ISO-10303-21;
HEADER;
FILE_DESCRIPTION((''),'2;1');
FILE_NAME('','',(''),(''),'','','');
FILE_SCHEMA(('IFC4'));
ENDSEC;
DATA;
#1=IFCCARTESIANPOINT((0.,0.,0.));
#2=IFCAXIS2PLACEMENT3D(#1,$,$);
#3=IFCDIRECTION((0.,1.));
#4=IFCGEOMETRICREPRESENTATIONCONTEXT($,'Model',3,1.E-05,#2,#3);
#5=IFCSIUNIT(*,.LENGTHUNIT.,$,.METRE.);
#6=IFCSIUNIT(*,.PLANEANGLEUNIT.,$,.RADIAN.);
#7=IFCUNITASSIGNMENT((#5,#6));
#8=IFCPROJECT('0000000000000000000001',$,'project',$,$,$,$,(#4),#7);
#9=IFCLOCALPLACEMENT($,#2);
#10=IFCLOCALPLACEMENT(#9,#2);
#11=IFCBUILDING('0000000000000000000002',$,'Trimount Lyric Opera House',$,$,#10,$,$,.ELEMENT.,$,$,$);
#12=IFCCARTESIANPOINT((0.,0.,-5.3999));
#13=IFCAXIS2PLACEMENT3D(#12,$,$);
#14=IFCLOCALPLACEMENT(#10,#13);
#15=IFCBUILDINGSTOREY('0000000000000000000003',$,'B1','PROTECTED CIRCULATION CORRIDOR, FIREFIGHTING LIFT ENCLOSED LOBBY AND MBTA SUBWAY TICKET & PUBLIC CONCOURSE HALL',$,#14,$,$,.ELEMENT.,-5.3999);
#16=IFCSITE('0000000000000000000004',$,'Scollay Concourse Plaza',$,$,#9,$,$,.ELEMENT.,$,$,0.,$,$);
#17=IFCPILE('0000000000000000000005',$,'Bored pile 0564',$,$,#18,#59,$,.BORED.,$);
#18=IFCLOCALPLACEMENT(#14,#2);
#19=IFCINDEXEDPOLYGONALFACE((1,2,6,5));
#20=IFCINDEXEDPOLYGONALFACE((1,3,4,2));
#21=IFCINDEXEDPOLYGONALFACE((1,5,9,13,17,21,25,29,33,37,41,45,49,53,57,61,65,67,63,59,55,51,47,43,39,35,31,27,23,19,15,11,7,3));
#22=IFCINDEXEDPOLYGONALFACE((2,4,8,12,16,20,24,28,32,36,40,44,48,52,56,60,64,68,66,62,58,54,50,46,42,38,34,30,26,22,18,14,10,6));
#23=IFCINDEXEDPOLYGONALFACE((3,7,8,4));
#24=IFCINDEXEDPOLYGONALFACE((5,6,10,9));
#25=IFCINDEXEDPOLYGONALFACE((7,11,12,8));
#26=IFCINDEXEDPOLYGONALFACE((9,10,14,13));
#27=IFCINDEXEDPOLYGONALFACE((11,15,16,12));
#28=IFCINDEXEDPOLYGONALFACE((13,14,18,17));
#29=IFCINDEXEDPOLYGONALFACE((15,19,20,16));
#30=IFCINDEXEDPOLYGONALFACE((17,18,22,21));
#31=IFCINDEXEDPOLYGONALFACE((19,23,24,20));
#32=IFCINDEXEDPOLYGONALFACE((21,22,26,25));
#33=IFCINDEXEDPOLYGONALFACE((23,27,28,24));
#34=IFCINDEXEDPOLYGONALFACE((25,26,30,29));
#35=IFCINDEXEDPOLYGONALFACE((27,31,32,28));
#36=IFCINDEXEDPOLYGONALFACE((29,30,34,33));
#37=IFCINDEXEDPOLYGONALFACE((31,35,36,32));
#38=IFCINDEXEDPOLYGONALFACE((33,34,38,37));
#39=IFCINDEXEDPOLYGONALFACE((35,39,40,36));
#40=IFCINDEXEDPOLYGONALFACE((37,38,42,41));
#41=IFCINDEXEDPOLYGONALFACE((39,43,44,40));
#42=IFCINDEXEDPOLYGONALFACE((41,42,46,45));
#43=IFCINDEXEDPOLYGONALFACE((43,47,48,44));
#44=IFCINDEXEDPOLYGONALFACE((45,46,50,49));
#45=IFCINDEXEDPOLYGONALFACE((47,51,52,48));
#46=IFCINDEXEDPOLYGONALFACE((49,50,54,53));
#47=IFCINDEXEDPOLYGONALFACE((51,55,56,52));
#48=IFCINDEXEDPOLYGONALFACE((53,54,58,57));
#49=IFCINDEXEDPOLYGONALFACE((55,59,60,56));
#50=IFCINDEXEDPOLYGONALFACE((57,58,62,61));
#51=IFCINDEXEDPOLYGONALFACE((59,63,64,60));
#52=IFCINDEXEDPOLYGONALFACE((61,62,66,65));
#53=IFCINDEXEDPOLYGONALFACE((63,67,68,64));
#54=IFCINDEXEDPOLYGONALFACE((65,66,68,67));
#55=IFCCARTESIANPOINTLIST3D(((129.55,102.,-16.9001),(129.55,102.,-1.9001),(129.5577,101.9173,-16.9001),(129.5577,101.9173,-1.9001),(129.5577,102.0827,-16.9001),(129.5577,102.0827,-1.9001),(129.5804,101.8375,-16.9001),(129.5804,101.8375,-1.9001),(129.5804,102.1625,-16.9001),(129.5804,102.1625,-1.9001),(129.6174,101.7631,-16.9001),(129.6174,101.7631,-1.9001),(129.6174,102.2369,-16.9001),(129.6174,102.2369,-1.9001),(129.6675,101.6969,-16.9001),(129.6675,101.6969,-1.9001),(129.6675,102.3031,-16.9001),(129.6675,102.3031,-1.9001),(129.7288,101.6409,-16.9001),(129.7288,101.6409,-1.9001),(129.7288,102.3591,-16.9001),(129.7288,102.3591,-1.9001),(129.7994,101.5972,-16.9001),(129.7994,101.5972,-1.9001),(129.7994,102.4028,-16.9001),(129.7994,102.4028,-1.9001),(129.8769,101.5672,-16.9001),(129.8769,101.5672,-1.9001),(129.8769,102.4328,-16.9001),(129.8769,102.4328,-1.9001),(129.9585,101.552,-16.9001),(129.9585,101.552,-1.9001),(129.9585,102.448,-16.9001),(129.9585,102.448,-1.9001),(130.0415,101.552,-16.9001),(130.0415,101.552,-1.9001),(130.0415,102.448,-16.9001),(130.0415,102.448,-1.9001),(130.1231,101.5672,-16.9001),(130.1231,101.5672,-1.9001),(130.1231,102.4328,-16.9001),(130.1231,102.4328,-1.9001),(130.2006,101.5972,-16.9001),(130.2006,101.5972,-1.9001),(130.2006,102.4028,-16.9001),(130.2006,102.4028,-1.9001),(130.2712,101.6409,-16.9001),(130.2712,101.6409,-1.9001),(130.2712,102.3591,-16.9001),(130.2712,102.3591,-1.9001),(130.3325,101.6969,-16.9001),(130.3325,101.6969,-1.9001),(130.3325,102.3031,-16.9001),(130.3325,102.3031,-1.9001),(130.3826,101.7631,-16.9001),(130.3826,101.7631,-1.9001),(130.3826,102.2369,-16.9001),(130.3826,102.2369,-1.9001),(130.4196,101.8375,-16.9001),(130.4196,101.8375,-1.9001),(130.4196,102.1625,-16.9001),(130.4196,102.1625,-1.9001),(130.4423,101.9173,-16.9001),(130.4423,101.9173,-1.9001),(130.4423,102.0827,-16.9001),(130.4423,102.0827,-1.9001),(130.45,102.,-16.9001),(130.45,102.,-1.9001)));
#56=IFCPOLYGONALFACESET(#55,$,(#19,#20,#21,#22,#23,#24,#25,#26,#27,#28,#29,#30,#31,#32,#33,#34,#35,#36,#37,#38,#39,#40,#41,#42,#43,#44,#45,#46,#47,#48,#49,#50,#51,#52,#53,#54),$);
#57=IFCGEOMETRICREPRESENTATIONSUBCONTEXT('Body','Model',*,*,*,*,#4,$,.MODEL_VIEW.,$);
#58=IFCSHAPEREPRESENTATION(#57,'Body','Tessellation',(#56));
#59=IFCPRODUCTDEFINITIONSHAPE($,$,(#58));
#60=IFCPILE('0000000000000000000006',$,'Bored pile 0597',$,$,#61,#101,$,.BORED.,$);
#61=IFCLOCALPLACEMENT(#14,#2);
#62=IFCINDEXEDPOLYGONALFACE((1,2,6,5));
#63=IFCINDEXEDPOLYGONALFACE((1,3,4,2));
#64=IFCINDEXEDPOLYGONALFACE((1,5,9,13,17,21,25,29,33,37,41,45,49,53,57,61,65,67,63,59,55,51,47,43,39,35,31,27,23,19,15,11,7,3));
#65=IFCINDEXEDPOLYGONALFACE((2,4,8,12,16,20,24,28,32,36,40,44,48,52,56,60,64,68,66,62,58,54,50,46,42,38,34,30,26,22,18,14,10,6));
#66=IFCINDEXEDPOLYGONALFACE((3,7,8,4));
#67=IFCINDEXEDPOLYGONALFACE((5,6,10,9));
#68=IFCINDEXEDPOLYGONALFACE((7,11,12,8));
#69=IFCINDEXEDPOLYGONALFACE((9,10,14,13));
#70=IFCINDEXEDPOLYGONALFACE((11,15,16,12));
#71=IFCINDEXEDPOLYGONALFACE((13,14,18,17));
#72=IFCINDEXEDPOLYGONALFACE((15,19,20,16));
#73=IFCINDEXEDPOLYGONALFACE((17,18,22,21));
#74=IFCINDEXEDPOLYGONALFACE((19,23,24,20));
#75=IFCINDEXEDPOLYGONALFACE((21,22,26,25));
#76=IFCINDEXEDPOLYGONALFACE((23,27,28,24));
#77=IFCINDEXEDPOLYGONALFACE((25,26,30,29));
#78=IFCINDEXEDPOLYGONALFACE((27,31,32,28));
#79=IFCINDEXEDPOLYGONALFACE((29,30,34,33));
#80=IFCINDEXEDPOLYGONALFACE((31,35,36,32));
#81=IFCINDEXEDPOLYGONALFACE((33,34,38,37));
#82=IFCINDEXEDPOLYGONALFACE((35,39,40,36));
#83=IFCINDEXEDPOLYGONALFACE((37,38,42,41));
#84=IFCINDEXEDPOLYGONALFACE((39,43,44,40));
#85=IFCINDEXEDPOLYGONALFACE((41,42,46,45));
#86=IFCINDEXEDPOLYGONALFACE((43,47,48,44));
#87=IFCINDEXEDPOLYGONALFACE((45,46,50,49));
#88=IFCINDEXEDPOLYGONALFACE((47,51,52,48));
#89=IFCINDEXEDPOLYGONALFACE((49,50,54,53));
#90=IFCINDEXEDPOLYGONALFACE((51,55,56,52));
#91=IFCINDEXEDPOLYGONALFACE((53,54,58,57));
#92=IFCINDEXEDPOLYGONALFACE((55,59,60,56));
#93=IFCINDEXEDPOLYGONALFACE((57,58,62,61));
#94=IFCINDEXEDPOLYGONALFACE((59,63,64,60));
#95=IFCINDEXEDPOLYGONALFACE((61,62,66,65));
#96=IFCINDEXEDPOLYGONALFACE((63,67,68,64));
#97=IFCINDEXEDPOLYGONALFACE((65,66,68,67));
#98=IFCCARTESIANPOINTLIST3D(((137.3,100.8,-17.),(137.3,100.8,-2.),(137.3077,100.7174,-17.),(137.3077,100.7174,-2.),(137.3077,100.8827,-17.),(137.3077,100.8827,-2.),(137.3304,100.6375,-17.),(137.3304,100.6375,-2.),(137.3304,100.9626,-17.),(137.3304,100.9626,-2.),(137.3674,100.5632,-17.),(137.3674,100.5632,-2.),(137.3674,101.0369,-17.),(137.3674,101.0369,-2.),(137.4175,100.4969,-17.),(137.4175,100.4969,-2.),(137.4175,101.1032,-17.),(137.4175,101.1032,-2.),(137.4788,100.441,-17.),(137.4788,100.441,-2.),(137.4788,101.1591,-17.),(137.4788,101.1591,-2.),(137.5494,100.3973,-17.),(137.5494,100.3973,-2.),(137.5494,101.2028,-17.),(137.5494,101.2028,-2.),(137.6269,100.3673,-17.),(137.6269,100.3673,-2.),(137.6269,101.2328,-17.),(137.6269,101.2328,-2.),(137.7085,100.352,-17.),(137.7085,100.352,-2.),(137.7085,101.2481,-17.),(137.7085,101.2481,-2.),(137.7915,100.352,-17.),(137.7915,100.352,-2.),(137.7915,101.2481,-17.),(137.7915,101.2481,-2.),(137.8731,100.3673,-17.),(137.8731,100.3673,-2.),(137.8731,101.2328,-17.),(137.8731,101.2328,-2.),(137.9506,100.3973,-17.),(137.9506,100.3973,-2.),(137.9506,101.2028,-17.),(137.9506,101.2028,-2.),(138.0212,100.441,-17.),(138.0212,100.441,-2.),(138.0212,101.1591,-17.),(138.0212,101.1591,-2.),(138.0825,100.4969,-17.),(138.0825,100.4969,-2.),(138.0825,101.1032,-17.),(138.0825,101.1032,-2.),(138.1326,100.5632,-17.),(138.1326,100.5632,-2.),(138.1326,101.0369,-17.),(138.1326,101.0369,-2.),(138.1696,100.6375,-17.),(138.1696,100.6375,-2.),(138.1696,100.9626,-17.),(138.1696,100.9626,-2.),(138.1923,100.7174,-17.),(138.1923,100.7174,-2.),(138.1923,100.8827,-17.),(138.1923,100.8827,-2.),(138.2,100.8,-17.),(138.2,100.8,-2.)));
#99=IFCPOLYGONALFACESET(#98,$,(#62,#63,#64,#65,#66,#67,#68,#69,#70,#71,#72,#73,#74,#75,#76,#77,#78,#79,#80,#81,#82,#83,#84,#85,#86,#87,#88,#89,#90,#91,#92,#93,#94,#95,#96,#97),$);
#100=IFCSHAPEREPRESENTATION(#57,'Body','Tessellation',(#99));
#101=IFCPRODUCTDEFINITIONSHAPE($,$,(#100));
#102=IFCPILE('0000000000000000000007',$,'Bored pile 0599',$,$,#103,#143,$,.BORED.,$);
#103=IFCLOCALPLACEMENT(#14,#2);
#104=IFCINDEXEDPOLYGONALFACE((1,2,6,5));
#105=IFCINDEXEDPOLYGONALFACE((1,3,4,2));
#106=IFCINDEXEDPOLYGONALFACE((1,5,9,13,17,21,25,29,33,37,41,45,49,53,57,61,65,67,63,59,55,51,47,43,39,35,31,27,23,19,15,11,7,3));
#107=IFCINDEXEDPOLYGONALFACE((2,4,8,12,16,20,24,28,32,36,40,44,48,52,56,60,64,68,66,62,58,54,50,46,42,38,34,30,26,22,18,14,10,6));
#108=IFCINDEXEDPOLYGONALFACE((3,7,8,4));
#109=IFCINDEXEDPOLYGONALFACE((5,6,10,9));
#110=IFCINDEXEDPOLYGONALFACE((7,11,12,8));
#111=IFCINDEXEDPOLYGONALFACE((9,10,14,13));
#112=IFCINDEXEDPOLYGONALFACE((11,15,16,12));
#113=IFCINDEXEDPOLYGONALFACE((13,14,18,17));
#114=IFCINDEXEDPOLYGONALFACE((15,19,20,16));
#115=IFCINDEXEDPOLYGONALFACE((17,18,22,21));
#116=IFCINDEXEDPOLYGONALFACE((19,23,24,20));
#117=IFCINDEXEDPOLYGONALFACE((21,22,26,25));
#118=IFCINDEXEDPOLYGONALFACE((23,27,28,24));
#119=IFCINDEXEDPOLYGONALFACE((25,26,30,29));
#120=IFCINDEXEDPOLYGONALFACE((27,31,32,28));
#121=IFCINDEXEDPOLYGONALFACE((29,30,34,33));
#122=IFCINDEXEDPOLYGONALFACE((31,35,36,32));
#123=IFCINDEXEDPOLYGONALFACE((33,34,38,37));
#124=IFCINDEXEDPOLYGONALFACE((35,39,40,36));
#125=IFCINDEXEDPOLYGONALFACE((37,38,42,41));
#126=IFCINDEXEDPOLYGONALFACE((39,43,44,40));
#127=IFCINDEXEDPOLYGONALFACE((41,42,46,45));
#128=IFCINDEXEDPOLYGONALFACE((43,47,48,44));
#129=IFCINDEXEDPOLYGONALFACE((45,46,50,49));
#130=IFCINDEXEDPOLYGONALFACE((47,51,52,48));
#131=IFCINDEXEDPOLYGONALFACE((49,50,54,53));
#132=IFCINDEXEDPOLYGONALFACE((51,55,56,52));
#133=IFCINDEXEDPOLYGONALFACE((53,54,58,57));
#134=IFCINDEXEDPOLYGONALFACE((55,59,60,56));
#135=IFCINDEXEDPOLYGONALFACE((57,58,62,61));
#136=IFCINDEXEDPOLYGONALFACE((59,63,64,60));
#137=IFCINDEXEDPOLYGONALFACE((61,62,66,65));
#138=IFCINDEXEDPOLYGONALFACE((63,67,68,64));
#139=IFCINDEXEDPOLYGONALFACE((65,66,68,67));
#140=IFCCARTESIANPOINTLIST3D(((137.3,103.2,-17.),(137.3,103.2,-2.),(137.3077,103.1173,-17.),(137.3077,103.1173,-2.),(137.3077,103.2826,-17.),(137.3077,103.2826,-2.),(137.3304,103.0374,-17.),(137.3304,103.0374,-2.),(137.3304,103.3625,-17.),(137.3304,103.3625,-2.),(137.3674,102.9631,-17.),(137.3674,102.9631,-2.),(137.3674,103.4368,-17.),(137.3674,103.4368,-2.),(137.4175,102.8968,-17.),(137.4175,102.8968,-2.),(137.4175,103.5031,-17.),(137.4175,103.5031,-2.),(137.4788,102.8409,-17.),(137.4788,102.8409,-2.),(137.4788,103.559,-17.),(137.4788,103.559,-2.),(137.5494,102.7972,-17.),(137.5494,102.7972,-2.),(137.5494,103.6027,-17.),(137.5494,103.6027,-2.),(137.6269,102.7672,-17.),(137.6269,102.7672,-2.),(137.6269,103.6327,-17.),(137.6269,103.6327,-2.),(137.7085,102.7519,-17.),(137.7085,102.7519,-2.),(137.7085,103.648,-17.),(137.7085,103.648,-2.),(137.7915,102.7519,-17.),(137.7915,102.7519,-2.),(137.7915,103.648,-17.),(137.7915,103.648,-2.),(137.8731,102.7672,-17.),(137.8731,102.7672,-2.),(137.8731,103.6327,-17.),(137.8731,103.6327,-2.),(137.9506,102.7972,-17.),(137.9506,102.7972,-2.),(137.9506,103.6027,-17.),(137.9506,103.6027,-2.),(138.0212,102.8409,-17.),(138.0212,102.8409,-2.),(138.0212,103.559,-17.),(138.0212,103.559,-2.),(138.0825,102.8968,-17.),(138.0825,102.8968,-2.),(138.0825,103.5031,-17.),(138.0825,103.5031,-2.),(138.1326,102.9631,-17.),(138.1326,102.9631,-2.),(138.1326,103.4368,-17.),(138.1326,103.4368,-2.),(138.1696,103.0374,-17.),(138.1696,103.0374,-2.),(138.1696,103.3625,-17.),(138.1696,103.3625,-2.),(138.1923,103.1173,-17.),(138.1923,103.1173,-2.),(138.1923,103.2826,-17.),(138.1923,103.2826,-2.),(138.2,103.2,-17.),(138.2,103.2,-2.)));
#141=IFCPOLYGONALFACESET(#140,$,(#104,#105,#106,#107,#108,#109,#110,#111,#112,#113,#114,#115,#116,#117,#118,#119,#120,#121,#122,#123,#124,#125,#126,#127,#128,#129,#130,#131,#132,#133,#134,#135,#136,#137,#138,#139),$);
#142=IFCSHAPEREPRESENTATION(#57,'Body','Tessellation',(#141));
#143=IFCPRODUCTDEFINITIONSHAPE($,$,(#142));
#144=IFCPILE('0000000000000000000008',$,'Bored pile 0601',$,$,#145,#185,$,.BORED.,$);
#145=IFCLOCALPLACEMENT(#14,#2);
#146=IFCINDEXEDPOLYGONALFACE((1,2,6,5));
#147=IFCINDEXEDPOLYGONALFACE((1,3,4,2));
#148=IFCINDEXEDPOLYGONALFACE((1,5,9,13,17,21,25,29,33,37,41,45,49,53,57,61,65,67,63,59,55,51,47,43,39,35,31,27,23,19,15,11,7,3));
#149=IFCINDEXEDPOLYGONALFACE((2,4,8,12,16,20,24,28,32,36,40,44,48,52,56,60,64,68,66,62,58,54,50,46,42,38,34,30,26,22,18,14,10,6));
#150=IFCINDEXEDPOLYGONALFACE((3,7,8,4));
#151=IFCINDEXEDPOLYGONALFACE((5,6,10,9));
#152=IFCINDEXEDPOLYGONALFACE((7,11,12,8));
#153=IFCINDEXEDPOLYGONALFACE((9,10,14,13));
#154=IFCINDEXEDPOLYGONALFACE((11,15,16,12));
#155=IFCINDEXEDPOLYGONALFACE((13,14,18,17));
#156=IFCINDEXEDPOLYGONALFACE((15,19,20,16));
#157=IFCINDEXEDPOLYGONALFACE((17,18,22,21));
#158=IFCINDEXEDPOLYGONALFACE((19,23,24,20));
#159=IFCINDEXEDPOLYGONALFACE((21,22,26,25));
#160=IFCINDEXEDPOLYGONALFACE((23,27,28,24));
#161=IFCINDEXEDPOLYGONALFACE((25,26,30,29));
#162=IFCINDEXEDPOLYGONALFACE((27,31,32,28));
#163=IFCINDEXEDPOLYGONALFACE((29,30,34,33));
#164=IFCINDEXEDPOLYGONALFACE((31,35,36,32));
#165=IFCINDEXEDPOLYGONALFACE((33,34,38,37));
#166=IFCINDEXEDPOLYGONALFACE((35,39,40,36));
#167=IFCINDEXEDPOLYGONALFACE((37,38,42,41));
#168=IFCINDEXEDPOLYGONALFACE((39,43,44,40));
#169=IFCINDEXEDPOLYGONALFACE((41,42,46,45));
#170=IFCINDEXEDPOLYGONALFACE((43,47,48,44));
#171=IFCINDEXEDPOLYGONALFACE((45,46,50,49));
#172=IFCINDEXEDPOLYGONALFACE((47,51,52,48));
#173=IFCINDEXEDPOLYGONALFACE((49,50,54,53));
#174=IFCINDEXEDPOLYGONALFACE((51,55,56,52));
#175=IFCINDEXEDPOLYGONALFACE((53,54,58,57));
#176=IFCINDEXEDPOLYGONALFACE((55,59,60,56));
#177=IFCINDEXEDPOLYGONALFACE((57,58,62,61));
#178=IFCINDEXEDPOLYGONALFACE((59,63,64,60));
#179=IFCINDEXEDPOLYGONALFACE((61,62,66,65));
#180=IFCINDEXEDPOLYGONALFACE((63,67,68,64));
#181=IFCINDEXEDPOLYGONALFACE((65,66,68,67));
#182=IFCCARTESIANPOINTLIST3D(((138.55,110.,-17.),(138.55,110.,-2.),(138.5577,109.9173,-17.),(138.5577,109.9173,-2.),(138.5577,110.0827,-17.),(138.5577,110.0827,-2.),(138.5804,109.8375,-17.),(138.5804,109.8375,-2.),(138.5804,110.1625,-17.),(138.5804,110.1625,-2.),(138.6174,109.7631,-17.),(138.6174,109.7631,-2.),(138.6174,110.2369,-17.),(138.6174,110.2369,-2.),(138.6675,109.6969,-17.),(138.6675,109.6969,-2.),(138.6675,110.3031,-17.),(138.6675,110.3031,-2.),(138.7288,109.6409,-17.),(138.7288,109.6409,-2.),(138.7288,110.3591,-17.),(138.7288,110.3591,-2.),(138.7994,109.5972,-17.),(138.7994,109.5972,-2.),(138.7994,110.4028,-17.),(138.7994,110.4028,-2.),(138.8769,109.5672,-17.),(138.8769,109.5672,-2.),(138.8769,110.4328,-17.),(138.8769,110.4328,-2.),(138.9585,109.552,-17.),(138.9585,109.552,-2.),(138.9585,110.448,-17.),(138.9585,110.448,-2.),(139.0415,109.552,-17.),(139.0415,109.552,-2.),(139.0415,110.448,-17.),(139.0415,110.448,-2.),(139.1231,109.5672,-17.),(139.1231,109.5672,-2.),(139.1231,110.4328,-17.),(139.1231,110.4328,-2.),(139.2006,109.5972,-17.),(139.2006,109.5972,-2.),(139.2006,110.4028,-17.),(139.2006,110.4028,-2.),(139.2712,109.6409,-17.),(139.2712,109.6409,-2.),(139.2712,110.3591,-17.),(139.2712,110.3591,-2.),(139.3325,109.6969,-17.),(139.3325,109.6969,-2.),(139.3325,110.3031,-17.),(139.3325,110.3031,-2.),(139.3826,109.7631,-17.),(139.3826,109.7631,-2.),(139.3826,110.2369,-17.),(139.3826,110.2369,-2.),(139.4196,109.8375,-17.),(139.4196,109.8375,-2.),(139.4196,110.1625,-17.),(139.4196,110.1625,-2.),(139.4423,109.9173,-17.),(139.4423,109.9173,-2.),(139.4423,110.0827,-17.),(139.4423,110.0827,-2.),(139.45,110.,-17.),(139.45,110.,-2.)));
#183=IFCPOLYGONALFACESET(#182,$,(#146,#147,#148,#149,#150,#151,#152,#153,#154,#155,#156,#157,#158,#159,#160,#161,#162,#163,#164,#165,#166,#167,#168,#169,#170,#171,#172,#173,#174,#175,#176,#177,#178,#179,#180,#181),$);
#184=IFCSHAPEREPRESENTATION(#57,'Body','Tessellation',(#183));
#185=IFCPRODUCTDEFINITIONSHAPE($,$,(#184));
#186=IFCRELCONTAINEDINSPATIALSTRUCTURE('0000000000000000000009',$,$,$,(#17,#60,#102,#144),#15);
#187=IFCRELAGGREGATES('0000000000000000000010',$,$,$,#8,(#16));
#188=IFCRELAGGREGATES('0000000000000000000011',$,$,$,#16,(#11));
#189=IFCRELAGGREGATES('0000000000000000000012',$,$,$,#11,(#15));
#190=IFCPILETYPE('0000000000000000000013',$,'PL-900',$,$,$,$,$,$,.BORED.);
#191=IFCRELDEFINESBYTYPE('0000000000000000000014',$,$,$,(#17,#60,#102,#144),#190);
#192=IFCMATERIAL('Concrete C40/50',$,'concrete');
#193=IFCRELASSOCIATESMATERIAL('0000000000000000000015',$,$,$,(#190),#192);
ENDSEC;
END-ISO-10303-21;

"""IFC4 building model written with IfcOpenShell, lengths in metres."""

from ifc_helpers import new_model, si_unit, direction, frame, origin, origin_2d, place, context, subcontext, project, spatial, circle, extrude, material, material_profile, profile_set, type_object, element, save


model = new_model("IFC4")

# Units and contexts
model_context = context("Model", 3, precision=1e-05, world=origin(), true_north=direction((0.0, 1.0)))
body_context = subcontext(model_context, "Body", "Model", "MODEL_VIEW")
ifc_project = project(units=[si_unit("LENGTHUNIT", "METRE"), si_unit("PLANEANGLEUNIT", "RADIAN")], contexts=[model_context])

# Site, building, storey
site_placement = place(None, origin())
site = spatial("IfcSite", under=ifc_project, at=site_placement, Name="Scollay Concourse Plaza", CompositionType="ELEMENT", RefElevation=0.0)
building_placement = place(site_placement, origin())
building = spatial("IfcBuilding", under=site, at=building_placement, Name="Trimount Lyric Opera House", CompositionType="ELEMENT")
storey_placement = place(building_placement, frame((0.0, 0.0, -5.3999)))
storey = spatial("IfcBuildingStorey", under=building, at=storey_placement, Name="B1", Description="PROTECTED CIRCULATION CORRIDOR, FIREFIGHTING LIFT ENCLOSED LOBBY AND MBTA SUBWAY TICKET & PUBLIC CONCOURSE HALL", CompositionType="ELEMENT", Elevation=-5.3999)

# Piles
ifc_material_1 = material(Name="Concrete C40/50", Category="concrete")
ifc_material_profile_1 = material_profile(ifc_material_1, circle(Radius=0.45, at=origin_2d()), Name="PILE-D900")
ifc_profile_set_1 = profile_set([ifc_material_profile_1], Name="Concrete C40/50")
pile_type_1 = type_object("IfcPileType", Name="PL-900", PredefinedType="BORED", material=ifc_profile_set_1)
for number, where, z_axis, x_axis, name in (
    (1, (130.0, 102.0, -1.9001), (0.0, 0.0, -1.0), (1.0, 0.0, 0.0), "Bored pile 0564"),
    (2, (137.75, 100.8, -2.0), (0.0, 0.0, -1.0), (1.0, 0.0, 0.0), "Bored pile 0597"),
    (3, (137.75, 103.2, -2.0), (0.0, 0.0, -1.0), (1.0, 0.0, 0.0), "Bored pile 0599"),
    (4, (139.0, 110.0, -2.0), (0.0, 0.0, -1.0), (1.0, 0.0, 0.0), "Bored pile 0601"),
):
    element("IfcPile", number, at=place(storey_placement, frame(where, z_axis=z_axis, x_axis=x_axis)), inside=storey, type_object=pile_type_1, Name=name, PredefinedType="BORED", context=body_context, shape_type="SweptSolid", body=[
        extrude(circle(Radius=0.45, at=origin_2d()), origin(), (0.0, 0.0, 1.0), 15.0),
    ])

save(model, "model.ifc")
